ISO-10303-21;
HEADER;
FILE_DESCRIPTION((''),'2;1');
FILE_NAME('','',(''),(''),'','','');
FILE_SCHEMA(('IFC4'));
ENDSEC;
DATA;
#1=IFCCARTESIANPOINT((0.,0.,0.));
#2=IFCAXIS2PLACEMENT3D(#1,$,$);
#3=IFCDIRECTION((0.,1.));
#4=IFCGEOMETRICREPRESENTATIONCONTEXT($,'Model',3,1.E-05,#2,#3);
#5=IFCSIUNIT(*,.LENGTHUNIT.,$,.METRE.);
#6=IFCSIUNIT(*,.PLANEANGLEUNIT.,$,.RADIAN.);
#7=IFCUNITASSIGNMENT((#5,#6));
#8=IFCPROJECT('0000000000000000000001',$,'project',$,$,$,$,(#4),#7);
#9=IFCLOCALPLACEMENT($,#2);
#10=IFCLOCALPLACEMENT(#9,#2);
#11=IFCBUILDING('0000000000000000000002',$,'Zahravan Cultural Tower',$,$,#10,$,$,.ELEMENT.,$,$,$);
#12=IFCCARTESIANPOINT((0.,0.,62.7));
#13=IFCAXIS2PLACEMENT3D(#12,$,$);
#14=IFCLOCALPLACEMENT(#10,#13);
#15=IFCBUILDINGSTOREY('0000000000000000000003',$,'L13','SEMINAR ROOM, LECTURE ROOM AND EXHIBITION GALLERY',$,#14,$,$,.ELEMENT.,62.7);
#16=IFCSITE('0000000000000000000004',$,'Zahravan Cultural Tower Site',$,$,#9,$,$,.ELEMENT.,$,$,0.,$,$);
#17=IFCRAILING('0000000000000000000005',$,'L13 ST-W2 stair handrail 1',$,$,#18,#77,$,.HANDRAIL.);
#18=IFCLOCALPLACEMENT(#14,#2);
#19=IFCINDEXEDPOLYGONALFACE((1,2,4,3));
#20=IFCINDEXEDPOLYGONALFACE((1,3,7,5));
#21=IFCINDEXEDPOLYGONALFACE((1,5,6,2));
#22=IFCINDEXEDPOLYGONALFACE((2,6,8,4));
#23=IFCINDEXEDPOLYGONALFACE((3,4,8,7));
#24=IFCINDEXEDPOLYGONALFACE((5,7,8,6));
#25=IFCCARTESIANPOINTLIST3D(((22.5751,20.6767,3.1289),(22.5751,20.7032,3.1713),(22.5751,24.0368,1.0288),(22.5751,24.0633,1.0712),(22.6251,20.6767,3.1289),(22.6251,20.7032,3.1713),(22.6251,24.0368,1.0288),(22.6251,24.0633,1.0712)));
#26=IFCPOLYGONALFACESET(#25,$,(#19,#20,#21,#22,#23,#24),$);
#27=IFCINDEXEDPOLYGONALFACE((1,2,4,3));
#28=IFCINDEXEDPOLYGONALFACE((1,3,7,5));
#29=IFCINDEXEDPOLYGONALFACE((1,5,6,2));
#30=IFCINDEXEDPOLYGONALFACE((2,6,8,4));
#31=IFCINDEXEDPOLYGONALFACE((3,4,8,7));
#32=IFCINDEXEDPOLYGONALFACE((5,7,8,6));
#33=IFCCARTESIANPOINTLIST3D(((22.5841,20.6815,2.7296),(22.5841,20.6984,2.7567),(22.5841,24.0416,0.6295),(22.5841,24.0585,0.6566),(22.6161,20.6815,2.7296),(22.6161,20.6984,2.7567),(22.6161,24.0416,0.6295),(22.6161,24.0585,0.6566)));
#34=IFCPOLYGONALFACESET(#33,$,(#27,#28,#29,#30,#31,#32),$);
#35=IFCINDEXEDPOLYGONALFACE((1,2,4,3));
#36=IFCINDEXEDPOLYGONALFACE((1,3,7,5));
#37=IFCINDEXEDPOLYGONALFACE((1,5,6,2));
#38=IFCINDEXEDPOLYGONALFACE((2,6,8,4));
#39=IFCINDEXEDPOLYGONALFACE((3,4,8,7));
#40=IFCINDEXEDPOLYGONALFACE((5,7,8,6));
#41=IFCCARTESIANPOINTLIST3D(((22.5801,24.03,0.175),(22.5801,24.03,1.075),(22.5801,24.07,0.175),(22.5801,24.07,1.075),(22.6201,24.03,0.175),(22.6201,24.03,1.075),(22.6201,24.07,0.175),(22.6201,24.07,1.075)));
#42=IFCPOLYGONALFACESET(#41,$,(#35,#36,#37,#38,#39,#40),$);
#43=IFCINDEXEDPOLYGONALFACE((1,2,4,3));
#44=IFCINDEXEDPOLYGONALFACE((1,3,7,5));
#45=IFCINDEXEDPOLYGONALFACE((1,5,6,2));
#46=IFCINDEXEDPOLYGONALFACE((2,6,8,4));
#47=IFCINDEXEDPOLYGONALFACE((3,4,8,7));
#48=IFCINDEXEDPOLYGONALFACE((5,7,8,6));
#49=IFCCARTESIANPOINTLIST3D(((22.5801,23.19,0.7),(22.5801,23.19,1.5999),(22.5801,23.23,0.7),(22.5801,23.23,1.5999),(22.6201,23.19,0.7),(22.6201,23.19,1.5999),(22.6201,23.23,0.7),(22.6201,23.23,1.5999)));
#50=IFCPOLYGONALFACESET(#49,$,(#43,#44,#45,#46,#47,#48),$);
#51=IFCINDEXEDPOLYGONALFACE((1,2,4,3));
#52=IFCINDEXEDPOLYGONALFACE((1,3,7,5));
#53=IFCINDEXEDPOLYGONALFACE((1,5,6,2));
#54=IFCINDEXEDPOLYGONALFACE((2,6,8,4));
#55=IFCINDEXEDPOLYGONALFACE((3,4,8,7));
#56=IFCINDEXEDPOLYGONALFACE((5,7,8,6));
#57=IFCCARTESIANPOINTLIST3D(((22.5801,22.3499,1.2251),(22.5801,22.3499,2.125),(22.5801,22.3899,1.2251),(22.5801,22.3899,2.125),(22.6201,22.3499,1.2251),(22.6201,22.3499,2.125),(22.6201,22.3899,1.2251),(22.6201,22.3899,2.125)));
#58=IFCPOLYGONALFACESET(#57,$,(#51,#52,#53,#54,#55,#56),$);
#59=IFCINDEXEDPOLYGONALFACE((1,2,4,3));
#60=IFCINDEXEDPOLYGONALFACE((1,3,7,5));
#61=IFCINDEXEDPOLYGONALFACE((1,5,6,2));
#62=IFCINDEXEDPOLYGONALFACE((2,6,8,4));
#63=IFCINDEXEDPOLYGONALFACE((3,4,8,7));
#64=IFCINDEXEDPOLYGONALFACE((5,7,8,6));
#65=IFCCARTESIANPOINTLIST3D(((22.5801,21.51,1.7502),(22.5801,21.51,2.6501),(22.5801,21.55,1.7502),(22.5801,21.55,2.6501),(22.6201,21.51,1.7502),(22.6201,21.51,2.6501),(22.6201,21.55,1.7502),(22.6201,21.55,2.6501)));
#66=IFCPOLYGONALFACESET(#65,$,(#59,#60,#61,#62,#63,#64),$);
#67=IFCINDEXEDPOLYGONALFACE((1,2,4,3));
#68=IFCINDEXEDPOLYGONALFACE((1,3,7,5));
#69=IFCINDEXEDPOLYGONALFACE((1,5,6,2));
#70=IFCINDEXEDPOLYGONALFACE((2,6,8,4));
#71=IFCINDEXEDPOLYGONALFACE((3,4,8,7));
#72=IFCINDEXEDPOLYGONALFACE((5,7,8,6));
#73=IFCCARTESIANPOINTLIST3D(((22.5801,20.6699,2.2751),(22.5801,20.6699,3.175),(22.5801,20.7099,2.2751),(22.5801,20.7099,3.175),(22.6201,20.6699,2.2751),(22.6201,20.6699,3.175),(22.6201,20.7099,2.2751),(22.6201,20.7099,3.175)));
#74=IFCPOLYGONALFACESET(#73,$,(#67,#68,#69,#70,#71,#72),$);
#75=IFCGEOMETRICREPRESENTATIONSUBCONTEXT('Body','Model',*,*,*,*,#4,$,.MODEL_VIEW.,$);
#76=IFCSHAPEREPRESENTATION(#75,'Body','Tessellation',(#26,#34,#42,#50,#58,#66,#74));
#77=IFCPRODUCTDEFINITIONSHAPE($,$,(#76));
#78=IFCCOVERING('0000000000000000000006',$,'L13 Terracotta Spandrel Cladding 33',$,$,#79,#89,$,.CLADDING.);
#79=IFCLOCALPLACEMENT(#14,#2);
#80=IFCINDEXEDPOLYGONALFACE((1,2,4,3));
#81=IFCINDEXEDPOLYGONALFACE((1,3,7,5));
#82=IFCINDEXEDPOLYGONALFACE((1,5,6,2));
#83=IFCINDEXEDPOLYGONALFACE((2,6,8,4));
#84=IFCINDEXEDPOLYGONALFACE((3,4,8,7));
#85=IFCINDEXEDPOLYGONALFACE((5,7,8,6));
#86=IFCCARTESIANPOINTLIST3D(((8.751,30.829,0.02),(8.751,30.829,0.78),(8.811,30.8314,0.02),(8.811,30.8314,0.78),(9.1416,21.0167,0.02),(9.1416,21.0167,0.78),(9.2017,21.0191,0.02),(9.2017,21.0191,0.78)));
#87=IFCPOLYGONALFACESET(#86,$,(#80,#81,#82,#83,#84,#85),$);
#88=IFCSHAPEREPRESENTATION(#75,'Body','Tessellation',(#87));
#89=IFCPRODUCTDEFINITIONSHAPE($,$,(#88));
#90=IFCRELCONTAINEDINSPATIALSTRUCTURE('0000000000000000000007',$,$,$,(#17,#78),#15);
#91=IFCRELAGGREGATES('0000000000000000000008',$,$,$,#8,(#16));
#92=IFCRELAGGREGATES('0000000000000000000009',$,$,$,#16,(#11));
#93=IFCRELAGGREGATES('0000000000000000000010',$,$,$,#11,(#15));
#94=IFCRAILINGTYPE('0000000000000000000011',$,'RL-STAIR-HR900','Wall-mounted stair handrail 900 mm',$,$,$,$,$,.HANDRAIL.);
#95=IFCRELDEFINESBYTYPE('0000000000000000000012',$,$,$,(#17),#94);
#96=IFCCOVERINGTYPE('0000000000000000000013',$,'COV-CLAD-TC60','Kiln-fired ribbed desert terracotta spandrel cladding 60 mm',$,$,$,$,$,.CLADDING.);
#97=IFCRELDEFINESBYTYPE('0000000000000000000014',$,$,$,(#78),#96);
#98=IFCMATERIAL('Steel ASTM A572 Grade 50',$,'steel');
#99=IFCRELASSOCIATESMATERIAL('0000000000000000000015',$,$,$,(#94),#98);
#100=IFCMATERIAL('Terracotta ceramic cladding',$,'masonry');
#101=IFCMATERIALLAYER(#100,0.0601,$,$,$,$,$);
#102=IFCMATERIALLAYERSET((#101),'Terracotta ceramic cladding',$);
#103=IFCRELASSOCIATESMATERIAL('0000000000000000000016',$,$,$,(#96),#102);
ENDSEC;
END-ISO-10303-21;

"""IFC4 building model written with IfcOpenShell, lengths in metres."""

from ifc_helpers import new_model, si_unit, direction, frame, origin, origin_2d, place, context, subcontext, project, spatial, rectangle, extrude, source, transform, mapped, material, layer, layer_set, type_object, element, save


model = new_model("IFC4")

# Units and contexts
model_context = context("Model", 3, precision=1e-05, world=origin(), true_north=direction((0.0, 1.0)))
body_context = subcontext(model_context, "Body", "Model", "MODEL_VIEW")
ifc_project = project(units=[si_unit("LENGTHUNIT", "METRE"), si_unit("PLANEANGLEUNIT", "RADIAN")], contexts=[model_context])

# Site, building, storey
site_placement = place(None, origin())
site = spatial("IfcSite", under=ifc_project, at=site_placement, Name="Zahravan Cultural Tower Site", CompositionType="ELEMENT", RefElevation=0.0)
building_placement = place(site_placement, origin())
building = spatial("IfcBuilding", under=site, at=building_placement, Name="Zahravan Cultural Tower", CompositionType="ELEMENT")
storey_placement = place(building_placement, frame((0.0, 0.0, 62.7)))
storey = spatial("IfcBuildingStorey", under=building, at=storey_placement, Name="L13", Description="SEMINAR ROOM, LECTURE ROOM AND EXHIBITION GALLERY", CompositionType="ELEMENT", Elevation=62.7)

# Shared definitions
ifc_material_1 = material(Name="Steel ASTM A572 Grade 50", Category="steel")

# Railing
railing_type_1 = type_object("IfcRailingType", Name="RL-STAIR-HR900", Description="Wall-mounted stair handrail 900 mm", PredefinedType="HANDRAIL", material=ifc_material_1)
railing_1_placement = place(storey_placement, frame((22.6001, 24.05, 0.175)))
element("IfcRailing", 1, at=railing_1_placement, inside=storey, type_object=railing_type_1, Name="L13 ST-W2 stair handrail 1", PredefinedType="HANDRAIL", context=body_context, shape_type="SweptSolid", body=[
    extrude(rectangle(XDim=0.05, YDim=0.05, at=origin_2d()), frame((0.0, 0.0, 0.875), z_axis=(0.0, -0.847995, 0.530004), x_axis=(1.0, 0.0, 0.0)), (0.0, 0.0, 1.0), 3.9624),
    extrude(rectangle(XDim=0.032, YDim=0.032, at=origin_2d()), frame((0.0, 0.0, 0.468), z_axis=(0.0, -0.847995, 0.530004), x_axis=(1.0, 0.0, 0.0)), (0.0, 0.0, 1.0), 3.9624),
    extrude(rectangle(XDim=0.04, YDim=0.04, at=origin_2d()), origin(), (0.0, 0.0, 1.0), 0.8999),
    extrude(rectangle(XDim=0.04, YDim=0.04, at=origin_2d()), frame((0.0, -0.8401, 0.5249)), (0.0, 0.0, 1.0), 0.8999),
    extrude(rectangle(XDim=0.04, YDim=0.04, at=origin_2d()), frame((0.0, -1.6802, 1.05)), (0.0, 0.0, 1.0), 0.8999),
    extrude(rectangle(XDim=0.04, YDim=0.04, at=origin_2d()), frame((0.0, -2.52, 1.5752)), (0.0, 0.0, 1.0), 0.8999),
    extrude(rectangle(XDim=0.04, YDim=0.04, at=origin_2d()), frame((0.0, -3.3601, 2.1001)), (0.0, 0.0, 1.0), 0.8999),
])

# Covering
ifc_material_2 = material(Name="Terracotta ceramic cladding", Category="masonry")
ifc_layer_1 = layer(ifc_material_2, 0.0601)
ifc_layer_set_1 = layer_set([ifc_layer_1], Name="Terracotta ceramic cladding")
covering_type = type_object("IfcCoveringType", Name="COV-CLAD-TC60", Description="Kiln-fired ribbed desert terracotta spandrel cladding 60 mm", PredefinedType="CLADDING", material=ifc_layer_set_1)
shared_shape_1 = source(origin(), body_context, "Body", "SweptSolid", [
    extrude(rectangle(XDim=9.8201, YDim=0.0601, at=origin_2d()), origin(), (0.0, 0.0, 1.0), 0.76),
])
covering_placement = place(storey_placement, frame((8.9763, 25.9241, 0.02), z_axis=(0.0, 0.0, 1.0), x_axis=(-0.039783, 0.999208, 0.0)))
element("IfcCovering", 2, at=covering_placement, inside=storey, type_object=covering_type, Name="L13 Terracotta Spandrel Cladding 33", PredefinedType="CLADDING", context=body_context, shape_type="MappedRepresentation", body=[
    mapped(shared_shape_1, transform((0.0, 0.0, 0.0), x_axis=(1.0, 0.0, 0.0), y_axis=(0.0, 1.0, 0.0), z_axis=(0.0, 0.0, 1.0), scale=1.0)),
])

save(model, "model.ifc")
